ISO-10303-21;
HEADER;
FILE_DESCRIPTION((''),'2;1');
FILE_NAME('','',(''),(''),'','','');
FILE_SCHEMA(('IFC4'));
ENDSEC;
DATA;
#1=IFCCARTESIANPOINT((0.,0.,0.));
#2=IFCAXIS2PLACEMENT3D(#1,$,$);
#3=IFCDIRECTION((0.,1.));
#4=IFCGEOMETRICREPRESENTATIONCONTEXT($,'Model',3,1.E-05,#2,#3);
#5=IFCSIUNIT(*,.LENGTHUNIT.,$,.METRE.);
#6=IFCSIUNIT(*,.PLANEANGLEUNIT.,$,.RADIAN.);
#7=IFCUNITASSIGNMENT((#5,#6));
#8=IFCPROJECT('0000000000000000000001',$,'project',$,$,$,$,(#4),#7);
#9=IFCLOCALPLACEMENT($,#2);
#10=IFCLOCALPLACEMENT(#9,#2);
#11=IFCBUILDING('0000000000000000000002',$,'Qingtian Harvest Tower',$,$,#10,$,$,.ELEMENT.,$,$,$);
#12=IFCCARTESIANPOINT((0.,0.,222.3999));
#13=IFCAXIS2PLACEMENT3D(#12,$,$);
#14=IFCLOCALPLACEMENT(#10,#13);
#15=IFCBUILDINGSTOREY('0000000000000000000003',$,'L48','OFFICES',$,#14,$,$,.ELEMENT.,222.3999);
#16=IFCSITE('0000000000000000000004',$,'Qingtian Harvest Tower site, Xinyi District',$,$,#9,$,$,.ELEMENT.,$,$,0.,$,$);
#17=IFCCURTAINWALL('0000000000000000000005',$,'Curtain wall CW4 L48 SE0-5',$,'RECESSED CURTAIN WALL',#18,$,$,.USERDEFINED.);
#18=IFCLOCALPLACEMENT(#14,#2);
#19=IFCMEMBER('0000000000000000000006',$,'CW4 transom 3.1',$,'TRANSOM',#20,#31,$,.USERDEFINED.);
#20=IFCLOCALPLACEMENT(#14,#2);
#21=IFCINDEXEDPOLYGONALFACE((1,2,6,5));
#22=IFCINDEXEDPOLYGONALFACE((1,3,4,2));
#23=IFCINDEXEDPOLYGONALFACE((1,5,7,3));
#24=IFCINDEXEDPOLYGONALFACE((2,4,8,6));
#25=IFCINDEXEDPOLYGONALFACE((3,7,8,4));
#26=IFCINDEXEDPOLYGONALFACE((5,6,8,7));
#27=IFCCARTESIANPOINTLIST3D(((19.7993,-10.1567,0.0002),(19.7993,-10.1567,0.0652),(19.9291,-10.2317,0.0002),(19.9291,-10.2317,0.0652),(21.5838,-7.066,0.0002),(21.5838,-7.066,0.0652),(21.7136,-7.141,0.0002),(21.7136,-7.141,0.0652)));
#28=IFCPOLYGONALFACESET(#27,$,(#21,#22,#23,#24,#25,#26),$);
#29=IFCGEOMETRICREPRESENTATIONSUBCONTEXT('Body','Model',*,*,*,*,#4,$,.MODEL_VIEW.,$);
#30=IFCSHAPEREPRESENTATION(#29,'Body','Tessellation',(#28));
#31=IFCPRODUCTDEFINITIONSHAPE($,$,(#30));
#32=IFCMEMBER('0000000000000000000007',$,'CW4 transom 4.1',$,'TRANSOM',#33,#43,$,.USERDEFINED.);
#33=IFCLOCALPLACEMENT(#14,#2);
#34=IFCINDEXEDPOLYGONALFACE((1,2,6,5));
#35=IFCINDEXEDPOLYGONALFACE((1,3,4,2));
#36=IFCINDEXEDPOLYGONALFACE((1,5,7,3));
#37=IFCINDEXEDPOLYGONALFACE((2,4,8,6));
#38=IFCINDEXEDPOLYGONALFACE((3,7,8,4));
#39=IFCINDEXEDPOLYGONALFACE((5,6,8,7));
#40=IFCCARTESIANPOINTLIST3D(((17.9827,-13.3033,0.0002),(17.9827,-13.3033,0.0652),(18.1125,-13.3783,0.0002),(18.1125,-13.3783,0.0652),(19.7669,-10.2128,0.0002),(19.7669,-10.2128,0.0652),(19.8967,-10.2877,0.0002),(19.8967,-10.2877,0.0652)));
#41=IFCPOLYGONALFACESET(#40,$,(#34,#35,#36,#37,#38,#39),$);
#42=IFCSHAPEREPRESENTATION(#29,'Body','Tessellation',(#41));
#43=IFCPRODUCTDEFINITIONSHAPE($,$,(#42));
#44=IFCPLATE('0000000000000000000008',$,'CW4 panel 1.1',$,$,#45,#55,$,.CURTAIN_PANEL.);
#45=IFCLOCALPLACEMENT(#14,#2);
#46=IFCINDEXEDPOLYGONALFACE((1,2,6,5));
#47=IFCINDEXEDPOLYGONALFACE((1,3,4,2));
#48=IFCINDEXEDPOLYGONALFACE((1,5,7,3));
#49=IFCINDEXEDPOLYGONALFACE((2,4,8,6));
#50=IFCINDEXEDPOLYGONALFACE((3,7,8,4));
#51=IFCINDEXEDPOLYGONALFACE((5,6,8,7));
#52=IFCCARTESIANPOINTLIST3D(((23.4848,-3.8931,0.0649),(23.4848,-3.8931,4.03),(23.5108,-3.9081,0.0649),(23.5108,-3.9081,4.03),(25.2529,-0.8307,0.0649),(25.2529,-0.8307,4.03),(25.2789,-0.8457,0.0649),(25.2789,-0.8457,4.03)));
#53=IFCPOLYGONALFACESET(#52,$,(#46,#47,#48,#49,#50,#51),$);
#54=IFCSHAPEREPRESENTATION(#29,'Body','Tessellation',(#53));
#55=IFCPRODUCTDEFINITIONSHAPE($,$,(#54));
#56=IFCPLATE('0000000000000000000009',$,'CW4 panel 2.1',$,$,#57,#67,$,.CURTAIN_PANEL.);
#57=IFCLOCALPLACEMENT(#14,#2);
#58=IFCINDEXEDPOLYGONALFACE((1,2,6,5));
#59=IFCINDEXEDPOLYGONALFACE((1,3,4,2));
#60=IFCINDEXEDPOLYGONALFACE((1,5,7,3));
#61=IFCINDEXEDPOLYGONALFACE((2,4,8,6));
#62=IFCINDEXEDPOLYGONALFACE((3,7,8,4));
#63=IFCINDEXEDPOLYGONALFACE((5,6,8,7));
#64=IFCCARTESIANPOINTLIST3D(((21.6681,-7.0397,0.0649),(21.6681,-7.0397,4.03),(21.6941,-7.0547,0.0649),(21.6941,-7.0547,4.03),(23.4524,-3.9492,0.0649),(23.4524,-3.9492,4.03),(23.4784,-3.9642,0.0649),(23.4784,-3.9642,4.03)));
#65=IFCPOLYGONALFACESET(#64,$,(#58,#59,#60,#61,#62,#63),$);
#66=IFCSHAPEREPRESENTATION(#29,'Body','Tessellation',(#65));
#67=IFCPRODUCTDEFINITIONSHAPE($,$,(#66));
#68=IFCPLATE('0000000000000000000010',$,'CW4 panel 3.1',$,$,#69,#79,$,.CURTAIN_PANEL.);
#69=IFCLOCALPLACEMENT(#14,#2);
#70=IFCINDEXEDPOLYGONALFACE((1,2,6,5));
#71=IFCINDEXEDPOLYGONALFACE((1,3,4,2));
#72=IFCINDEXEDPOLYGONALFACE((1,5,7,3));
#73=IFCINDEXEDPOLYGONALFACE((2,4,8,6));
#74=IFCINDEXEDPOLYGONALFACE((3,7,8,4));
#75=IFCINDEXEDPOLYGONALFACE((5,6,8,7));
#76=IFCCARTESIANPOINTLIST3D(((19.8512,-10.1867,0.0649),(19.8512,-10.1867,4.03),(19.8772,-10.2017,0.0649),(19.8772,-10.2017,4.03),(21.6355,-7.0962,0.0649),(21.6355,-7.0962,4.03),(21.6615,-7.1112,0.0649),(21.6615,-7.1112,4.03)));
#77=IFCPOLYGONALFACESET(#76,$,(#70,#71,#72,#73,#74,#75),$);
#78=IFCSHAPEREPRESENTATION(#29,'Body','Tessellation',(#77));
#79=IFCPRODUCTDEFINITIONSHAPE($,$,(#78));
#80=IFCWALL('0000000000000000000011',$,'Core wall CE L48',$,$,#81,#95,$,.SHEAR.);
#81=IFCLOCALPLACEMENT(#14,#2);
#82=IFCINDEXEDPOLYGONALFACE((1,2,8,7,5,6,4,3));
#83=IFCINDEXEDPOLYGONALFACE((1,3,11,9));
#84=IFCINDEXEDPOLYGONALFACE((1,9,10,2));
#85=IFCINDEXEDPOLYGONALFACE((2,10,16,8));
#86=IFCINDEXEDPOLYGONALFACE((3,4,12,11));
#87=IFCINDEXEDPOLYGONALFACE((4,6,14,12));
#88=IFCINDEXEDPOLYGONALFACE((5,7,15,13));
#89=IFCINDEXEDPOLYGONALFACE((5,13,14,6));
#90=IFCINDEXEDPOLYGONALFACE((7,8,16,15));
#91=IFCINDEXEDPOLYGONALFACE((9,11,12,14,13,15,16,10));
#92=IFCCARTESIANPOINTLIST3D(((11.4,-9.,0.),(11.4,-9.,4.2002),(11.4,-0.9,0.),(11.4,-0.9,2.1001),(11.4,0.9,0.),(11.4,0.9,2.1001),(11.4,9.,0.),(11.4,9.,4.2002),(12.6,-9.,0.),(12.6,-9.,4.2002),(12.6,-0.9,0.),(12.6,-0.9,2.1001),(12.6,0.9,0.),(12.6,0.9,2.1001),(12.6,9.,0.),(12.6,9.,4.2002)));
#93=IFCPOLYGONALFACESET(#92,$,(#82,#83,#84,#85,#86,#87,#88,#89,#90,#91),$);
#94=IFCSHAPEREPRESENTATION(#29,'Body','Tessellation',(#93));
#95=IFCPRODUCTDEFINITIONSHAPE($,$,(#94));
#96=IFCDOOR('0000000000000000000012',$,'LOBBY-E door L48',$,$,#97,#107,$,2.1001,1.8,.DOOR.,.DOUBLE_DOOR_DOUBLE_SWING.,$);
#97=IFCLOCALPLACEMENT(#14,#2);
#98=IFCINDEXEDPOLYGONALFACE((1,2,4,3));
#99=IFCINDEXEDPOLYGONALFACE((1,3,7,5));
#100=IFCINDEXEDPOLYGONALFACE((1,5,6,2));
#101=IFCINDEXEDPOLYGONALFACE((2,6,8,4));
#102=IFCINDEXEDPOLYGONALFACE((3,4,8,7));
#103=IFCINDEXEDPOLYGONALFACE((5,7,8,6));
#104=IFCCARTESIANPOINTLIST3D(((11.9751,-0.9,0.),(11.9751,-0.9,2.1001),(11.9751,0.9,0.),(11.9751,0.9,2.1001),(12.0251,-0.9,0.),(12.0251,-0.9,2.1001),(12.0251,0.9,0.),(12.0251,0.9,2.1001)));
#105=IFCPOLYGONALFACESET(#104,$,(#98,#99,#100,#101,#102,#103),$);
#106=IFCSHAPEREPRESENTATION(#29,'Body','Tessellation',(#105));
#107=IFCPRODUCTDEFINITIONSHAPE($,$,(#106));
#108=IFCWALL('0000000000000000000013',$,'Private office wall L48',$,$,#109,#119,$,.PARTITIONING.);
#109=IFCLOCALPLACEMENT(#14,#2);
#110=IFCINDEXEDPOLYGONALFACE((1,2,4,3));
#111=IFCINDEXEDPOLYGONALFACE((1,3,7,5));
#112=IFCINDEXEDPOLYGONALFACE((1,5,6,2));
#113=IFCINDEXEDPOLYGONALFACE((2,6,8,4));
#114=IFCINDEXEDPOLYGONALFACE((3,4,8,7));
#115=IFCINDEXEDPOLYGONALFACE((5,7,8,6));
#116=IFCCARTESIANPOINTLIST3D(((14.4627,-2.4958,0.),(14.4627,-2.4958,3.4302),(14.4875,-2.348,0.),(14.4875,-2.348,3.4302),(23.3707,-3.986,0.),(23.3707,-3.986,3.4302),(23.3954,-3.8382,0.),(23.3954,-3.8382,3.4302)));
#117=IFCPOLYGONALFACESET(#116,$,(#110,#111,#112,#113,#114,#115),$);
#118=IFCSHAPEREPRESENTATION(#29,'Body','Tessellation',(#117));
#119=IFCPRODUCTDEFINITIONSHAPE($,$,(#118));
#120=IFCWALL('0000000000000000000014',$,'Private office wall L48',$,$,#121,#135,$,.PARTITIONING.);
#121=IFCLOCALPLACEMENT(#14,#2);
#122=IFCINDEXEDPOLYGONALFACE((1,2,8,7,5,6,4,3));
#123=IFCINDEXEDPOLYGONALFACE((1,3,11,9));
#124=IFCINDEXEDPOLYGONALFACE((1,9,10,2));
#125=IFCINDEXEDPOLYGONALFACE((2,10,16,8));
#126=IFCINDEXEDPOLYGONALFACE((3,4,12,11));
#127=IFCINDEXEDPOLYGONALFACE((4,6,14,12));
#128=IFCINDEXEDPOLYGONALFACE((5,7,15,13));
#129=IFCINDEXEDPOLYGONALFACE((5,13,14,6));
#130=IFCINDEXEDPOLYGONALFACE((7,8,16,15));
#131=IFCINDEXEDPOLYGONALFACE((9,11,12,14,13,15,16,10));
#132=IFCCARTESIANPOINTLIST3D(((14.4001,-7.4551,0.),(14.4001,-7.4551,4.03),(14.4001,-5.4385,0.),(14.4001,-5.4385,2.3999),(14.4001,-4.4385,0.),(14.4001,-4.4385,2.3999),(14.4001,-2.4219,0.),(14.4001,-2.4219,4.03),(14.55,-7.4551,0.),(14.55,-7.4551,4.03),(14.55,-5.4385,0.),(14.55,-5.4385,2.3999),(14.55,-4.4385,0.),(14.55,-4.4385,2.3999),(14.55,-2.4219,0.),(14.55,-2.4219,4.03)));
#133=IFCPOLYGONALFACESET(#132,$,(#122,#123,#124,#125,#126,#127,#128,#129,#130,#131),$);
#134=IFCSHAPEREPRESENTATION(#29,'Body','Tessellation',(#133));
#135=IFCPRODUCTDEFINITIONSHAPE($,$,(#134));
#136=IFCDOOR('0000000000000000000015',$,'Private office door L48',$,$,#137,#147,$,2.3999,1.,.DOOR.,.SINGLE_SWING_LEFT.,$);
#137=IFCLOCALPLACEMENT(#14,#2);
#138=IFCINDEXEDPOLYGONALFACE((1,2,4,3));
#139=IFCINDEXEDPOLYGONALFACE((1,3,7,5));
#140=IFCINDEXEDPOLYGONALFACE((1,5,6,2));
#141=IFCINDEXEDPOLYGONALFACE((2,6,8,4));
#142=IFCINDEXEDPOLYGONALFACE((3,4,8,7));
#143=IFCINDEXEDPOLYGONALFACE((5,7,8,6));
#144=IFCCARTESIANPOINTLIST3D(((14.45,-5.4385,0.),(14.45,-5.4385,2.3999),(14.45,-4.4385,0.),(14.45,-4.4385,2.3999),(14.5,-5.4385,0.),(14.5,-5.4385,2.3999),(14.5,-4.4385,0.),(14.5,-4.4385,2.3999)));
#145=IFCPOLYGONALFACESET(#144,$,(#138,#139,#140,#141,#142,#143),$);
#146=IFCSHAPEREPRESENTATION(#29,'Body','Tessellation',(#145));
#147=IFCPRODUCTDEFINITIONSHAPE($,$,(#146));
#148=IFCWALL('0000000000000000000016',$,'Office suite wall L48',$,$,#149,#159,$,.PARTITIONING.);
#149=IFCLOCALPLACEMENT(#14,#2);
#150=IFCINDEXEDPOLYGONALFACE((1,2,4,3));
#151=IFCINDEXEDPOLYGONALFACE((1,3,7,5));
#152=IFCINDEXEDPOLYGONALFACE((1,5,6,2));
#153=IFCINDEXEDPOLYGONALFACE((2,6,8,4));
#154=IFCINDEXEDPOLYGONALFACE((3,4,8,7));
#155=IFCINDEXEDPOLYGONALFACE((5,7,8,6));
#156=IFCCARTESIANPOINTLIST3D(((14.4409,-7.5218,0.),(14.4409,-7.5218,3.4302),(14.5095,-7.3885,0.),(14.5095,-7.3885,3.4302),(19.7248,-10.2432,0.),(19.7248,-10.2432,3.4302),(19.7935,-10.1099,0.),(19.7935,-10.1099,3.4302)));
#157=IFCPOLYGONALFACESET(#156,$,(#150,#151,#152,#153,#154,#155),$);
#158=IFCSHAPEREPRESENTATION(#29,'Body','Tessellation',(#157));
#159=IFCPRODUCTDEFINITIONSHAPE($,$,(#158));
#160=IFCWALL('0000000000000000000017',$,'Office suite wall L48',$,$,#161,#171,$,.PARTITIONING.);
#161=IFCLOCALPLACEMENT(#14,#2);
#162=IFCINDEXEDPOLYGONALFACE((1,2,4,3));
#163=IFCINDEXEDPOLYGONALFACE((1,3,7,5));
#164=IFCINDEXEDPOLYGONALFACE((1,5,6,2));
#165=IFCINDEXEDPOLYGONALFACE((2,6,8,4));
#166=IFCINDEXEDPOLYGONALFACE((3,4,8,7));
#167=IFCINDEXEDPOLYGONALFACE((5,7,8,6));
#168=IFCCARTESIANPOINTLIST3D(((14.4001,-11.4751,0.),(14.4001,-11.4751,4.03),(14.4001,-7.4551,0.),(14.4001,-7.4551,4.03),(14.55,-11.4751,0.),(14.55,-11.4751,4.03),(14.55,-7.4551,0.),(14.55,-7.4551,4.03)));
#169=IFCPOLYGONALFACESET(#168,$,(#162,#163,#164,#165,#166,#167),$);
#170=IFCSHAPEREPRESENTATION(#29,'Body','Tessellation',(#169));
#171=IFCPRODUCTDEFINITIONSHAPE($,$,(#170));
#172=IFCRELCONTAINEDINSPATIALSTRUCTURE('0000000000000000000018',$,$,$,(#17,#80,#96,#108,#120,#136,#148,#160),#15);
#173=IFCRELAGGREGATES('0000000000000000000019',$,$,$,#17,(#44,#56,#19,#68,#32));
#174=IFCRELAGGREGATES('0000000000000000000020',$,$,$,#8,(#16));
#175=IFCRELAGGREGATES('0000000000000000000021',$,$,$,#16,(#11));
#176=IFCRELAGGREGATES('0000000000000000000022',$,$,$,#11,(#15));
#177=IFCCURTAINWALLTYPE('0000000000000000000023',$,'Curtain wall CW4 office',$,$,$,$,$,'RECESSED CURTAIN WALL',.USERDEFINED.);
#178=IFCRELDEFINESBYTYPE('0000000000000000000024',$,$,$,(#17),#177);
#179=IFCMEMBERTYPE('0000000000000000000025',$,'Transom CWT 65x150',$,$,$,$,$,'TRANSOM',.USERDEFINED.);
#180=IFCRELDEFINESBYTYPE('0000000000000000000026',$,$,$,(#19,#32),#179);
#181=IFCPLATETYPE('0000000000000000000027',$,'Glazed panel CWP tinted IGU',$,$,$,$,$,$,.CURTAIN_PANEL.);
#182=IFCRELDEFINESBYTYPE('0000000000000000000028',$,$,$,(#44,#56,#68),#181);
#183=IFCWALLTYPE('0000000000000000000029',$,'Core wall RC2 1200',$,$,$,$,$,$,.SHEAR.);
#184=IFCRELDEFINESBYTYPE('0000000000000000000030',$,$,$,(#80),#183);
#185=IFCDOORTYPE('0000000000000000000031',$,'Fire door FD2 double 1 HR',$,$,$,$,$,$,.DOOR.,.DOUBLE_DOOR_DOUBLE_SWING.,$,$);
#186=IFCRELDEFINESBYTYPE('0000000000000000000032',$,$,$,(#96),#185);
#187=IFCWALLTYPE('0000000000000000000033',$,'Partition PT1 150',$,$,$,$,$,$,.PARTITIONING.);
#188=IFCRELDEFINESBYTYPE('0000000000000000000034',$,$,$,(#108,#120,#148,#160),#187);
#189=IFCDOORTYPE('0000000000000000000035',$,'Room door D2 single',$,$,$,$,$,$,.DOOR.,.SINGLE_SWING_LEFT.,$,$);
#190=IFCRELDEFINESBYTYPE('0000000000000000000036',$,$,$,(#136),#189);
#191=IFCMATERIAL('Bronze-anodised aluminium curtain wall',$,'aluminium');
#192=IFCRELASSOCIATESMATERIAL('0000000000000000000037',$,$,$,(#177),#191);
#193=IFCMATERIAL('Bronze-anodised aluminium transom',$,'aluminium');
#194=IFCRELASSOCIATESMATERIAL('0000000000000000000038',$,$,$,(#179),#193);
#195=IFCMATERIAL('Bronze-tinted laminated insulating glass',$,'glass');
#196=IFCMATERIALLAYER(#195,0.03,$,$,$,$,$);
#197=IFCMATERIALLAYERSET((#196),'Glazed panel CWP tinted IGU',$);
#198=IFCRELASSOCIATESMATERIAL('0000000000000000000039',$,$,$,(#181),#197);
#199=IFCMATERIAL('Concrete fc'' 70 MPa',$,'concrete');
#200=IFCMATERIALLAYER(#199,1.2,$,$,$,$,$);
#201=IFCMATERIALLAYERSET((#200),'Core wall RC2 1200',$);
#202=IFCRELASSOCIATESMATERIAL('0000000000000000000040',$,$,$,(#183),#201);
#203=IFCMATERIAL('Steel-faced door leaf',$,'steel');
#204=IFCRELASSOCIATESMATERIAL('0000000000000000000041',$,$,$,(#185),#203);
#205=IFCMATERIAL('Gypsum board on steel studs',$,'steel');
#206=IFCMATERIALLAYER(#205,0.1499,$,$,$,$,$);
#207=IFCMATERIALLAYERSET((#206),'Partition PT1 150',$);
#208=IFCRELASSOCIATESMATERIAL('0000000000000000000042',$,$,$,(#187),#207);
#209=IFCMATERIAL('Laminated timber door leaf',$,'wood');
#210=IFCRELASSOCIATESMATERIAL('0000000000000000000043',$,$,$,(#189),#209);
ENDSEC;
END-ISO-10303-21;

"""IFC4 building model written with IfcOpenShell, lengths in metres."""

from ifc_helpers import new_model, si_unit, direction, frame, frame_2d, origin, origin_2d, place, context, subcontext, project, spatial, rectangle, extrude, material, layer, layer_set, material_profile, profile_set, type_object, element, fill, aggregate, save


model = new_model("IFC4")

# Units and contexts
model_context = context("Model", 3, precision=1e-05, world=origin(), true_north=direction((0.0, 1.0)))
body_context = subcontext(model_context, "Body", "Model", "MODEL_VIEW")
ifc_project = project(units=[si_unit("LENGTHUNIT", "METRE"), si_unit("PLANEANGLEUNIT", "RADIAN")], contexts=[model_context])

# Site, building, storey
site_placement = place(None, origin())
site = spatial("IfcSite", under=ifc_project, at=site_placement, Name="Qingtian Harvest Tower site, Xinyi District", CompositionType="ELEMENT", RefElevation=0.0)
building_placement = place(site_placement, origin())
building = spatial("IfcBuilding", under=site, at=building_placement, Name="Qingtian Harvest Tower", CompositionType="ELEMENT")
storey_placement = place(building_placement, frame((0.0, 0.0, 222.3999)))
storey = spatial("IfcBuildingStorey", under=building, at=storey_placement, Name="L48", Description="OFFICES", CompositionType="ELEMENT", Elevation=222.3999)

# Shared definitions
ifc_material_1 = material(Name="Bronze-anodised aluminium curtain wall", Category="aluminium")
curtain_wall_type = type_object("IfcCurtainWallType", Name="Curtain wall CW4 office", ElementType="RECESSED CURTAIN WALL", PredefinedType="USERDEFINED", material=ifc_material_1)

# Curtain wall
curtain_wall_1_placement = place(storey_placement, origin())
curtain_wall_1 = element("IfcCurtainWall", 1, at=curtain_wall_1_placement, inside=storey, type_object=curtain_wall_type, Name="Curtain wall CW4 L48 SE0-5", ObjectType="RECESSED CURTAIN WALL", PredefinedType="USERDEFINED")

# Members
ifc_material_2 = material(Name="Bronze-anodised aluminium transom", Category="aluminium")
ifc_material_profile_1 = material_profile(ifc_material_2, rectangle(XDim=0.1499, YDim=0.0649, at=origin_2d()), Name="AL 65x150")
ifc_profile_set_1 = profile_set([ifc_material_profile_1], Name="Bronze-anodised aluminium transom")
member_type_1 = type_object("IfcMemberType", Name="Transom CWT 65x150", ElementType="TRANSOM", PredefinedType="USERDEFINED", material=ifc_profile_set_1)
member_1_placement = place(storey_placement, frame((21.6487, -7.1035, 0.0327), z_axis=(-0.500017, -0.866016, 0.0), x_axis=(0.866016, -0.500017, 0.0)))
member_1 = element("IfcMember", 2, at=member_1_placement, type_object=member_type_1, Name="CW4 transom 3.1", ObjectType="TRANSOM", PredefinedType="USERDEFINED", context=body_context, shape_type="SweptSolid", body=[
    extrude(rectangle(XDim=0.1499, YDim=0.0649, at=origin_2d()), origin(), (0.0, 0.0, 1.0), 3.5688),
])
member_2_placement = place(storey_placement, frame((19.8318, -10.2502, 0.0327), z_axis=(-0.499965, -0.866045, 0.0), x_axis=(0.866045, -0.499965, 0.0)))
member_2 = element("IfcMember", 3, at=member_2_placement, type_object=member_type_1, Name="CW4 transom 4.1", ObjectType="TRANSOM", PredefinedType="USERDEFINED", context=body_context, shape_type="SweptSolid", body=[
    extrude(rectangle(XDim=0.1499, YDim=0.0649, at=origin_2d()), origin(), (0.0, 0.0, 1.0), 3.5686),
])

# Plates
ifc_material_3 = material(Name="Bronze-tinted laminated insulating glass", Category="glass")
ifc_layer_1 = layer(ifc_material_3, 0.03)
ifc_layer_set_1 = layer_set([ifc_layer_1], Name="Glazed panel CWP tinted IGU")
plate_type = type_object("IfcPlateType", Name="Glazed panel CWP tinted IGU", PredefinedType="CURTAIN_PANEL", material=ifc_layer_set_1)
plate_1_placement = place(storey_placement, frame((24.3818, -2.3694, 0.0649), z_axis=(0.0, 0.0, 1.0), x_axis=(-0.5, -0.866025, 0.0)))
plate_1 = element("IfcPlate", 4, at=plate_1_placement, type_object=plate_type, Name="CW4 panel 1.1", PredefinedType="CURTAIN_PANEL", context=body_context, shape_type="SweptSolid", body=[
    extrude(rectangle(XDim=3.5361, YDim=0.03, at=origin_2d()), origin(), (0.0, 0.0, 1.0), 3.9651),
])
plate_2_placement = place(storey_placement, frame((22.5732, -5.502, 0.0649), z_axis=(0.0, 0.0, 1.0), x_axis=(-0.5, -0.866025, 0.0)))
plate_2 = element("IfcPlate", 5, at=plate_2_placement, type_object=plate_type, Name="CW4 panel 2.1", PredefinedType="CURTAIN_PANEL", context=body_context, shape_type="SweptSolid", body=[
    extrude(rectangle(XDim=3.5686, YDim=0.03, at=origin_2d()), origin(), (0.0, 0.0, 1.0), 3.9651),
])
plate_3_placement = place(storey_placement, frame((20.7563, -8.6489, 0.0649), z_axis=(0.0, 0.0, 1.0), x_axis=(-0.5, -0.866025, 0.0)))
plate_3 = element("IfcPlate", 6, at=plate_3_placement, type_object=plate_type, Name="CW4 panel 3.1", PredefinedType="CURTAIN_PANEL", context=body_context, shape_type="SweptSolid", body=[
    extrude(rectangle(XDim=3.5686, YDim=0.03, at=origin_2d()), origin(), (0.0, 0.0, 1.0), 3.9651),
])
aggregate(curtain_wall_1, [plate_1, plate_2, member_1, plate_3, member_2])

# Wall, opening, door
ifc_material_4 = material(Name="Concrete fc' 70 MPa", Category="concrete")
ifc_layer_2 = layer(ifc_material_4, 1.2)
ifc_layer_set_2 = layer_set([ifc_layer_2], Name="Core wall RC2 1200")
wall_type_1 = type_object("IfcWallType", Name="Core wall RC2 1200", PredefinedType="SHEAR", material=ifc_layer_set_2)
wall_1_placement = place(storey_placement, frame((12.0, -9.0, 0.0), z_axis=(0.0, 0.0, 1.0), x_axis=(0.0, 1.0, 0.0)))
wall_1 = element("IfcWall", 7, at=wall_1_placement, inside=storey, type_object=wall_type_1, Name="Core wall CE L48", PredefinedType="SHEAR", context=body_context, shape_type="SweptSolid", body=[
    extrude(rectangle(XDim=18.0, YDim=1.2, at=frame_2d((9.0, 0.0))), origin(), (0.0, 0.0, 1.0), 4.2002),
])
opening_1_placement = place(wall_1_placement, frame((8.1001, 0.0, 0.0)))
opening_1 = element("IfcOpeningElement", 8, at=opening_1_placement, cuts=wall_1, PredefinedType="OPENING", context=body_context, shape_type="SweptSolid", body=[
    extrude(rectangle(XDim=1.8, YDim=2.1001, at=frame_2d((0.8999, 1.05))), frame((0.0, 0.6099, 0.0), z_axis=(0.0, -1.0, 0.0), x_axis=(1.0, 0.0, 0.0)), (0.0, 0.0, 1.0), 1.22),
])
ifc_material_5 = material(Name="Steel-faced door leaf", Category="steel")
door_type_1 = type_object("IfcDoorType", Name="Fire door FD2 double 1 HR", OperationType="DOUBLE_DOOR_DOUBLE_SWING", PredefinedType="DOOR", material=ifc_material_5)
door_1_placement = place(opening_1_placement, origin())
door_1 = element("IfcDoor", 9, at=door_1_placement, inside=storey, type_object=door_type_1, Name="LOBBY-E door L48", OperationType="DOUBLE_DOOR_DOUBLE_SWING", OverallHeight=2.1001, OverallWidth=1.8, PredefinedType="DOOR", context=body_context, shape_type="SweptSolid", body=[
    extrude(rectangle(XDim=1.8, YDim=2.1001, at=frame_2d((0.8999, 1.05))), frame((0.0, 0.0249, 0.0), z_axis=(0.0, -1.0, 0.0), x_axis=(1.0, 0.0, 0.0)), (0.0, 0.0, 1.0), 0.05),
])
fill(opening_1, door_1)

# Wall
ifc_material_6 = material(Name="Gypsum board on steel studs", Category="steel")
ifc_layer_3 = layer(ifc_material_6, 0.1499)
ifc_layer_set_3 = layer_set([ifc_layer_3], Name="Partition PT1 150")
wall_type_2 = type_object("IfcWallType", Name="Partition PT1 150", PredefinedType="PARTITIONING", material=ifc_layer_set_3)
wall_2_placement = place(storey_placement, frame((23.3831, -3.9121, 0.0), z_axis=(0.0, 0.0, 1.0), x_axis=(-0.986294, 0.164999, 0.0)))
element("IfcWall", 10, at=wall_2_placement, inside=storey, type_object=wall_type_2, Name="Private office wall L48", PredefinedType="PARTITIONING", context=body_context, shape_type="SweptSolid", body=[
    extrude(rectangle(XDim=9.0317, YDim=0.1499, at=frame_2d((4.5159, 0.0))), origin(), (0.0, 0.0, 1.0), 3.4302),
])

# Wall, opening, door
wall_3_placement = place(storey_placement, frame((14.4751, -2.4219, 0.0), z_axis=(0.0, 0.0, 1.0), x_axis=(0.0, -1.0, 0.0)))
wall_3 = element("IfcWall", 11, at=wall_3_placement, inside=storey, type_object=wall_type_2, Name="Private office wall L48", PredefinedType="PARTITIONING", context=body_context, shape_type="SweptSolid", body=[
    extrude(rectangle(XDim=5.0332, YDim=0.1499, at=frame_2d((2.5166, 0.0))), origin(), (0.0, 0.0, 1.0), 4.03),
])
opening_2_placement = place(wall_3_placement, frame((2.0166, 0.0, 0.0)))
opening_2 = element("IfcOpeningElement", 12, at=opening_2_placement, cuts=wall_3, PredefinedType="OPENING", context=body_context, shape_type="SweptSolid", body=[
    extrude(rectangle(XDim=1.0, YDim=2.3999, at=frame_2d((0.5, 1.2))), frame((0.0, 0.085, 0.0), z_axis=(0.0, -1.0, 0.0), x_axis=(1.0, 0.0, 0.0)), (0.0, 0.0, 1.0), 0.1699),
])
ifc_material_7 = material(Name="Laminated timber door leaf", Category="wood")
door_type_2 = type_object("IfcDoorType", Name="Room door D2 single", OperationType="SINGLE_SWING_LEFT", PredefinedType="DOOR", material=ifc_material_7)
door_2_placement = place(opening_2_placement, origin())
door_2 = element("IfcDoor", 13, at=door_2_placement, inside=storey, type_object=door_type_2, Name="Private office door L48", OperationType="SINGLE_SWING_LEFT", OverallHeight=2.3999, OverallWidth=1.0, PredefinedType="DOOR", context=body_context, shape_type="SweptSolid", body=[
    extrude(rectangle(XDim=1.0, YDim=2.3999, at=frame_2d((0.5, 1.2))), frame((0.0, 0.0249, 0.0), z_axis=(0.0, -1.0, 0.0), x_axis=(1.0, 0.0, 0.0)), (0.0, 0.0, 1.0), 0.05),
])
fill(opening_2, door_2)

# Walls
wall_4_placement = place(storey_placement, frame((19.759, -10.1765, 0.0), z_axis=(0.0, 0.0, 1.0), x_axis=(-0.889015, 0.457878, 0.0)))
element("IfcWall", 14, at=wall_4_placement, inside=storey, type_object=wall_type_2, Name="Office suite wall L48", PredefinedType="PARTITIONING", context=body_context, shape_type="SweptSolid", body=[
    extrude(rectangle(XDim=5.9436, YDim=0.1499, at=frame_2d((2.9717, 0.0))), origin(), (0.0, 0.0, 1.0), 3.4302),
])
wall_5_placement = place(storey_placement, frame((14.4751, -7.4551, 0.0), z_axis=(0.0, 0.0, 1.0), x_axis=(0.0, -1.0, 0.0)))
element("IfcWall", 15, at=wall_5_placement, inside=storey, type_object=wall_type_2, Name="Office suite wall L48", PredefinedType="PARTITIONING", context=body_context, shape_type="SweptSolid", body=[
    extrude(rectangle(XDim=4.02, YDim=0.1499, at=frame_2d((2.01, 0.0))), origin(), (0.0, 0.0, 1.0), 4.03),
])

save(model, "model.ifc")
